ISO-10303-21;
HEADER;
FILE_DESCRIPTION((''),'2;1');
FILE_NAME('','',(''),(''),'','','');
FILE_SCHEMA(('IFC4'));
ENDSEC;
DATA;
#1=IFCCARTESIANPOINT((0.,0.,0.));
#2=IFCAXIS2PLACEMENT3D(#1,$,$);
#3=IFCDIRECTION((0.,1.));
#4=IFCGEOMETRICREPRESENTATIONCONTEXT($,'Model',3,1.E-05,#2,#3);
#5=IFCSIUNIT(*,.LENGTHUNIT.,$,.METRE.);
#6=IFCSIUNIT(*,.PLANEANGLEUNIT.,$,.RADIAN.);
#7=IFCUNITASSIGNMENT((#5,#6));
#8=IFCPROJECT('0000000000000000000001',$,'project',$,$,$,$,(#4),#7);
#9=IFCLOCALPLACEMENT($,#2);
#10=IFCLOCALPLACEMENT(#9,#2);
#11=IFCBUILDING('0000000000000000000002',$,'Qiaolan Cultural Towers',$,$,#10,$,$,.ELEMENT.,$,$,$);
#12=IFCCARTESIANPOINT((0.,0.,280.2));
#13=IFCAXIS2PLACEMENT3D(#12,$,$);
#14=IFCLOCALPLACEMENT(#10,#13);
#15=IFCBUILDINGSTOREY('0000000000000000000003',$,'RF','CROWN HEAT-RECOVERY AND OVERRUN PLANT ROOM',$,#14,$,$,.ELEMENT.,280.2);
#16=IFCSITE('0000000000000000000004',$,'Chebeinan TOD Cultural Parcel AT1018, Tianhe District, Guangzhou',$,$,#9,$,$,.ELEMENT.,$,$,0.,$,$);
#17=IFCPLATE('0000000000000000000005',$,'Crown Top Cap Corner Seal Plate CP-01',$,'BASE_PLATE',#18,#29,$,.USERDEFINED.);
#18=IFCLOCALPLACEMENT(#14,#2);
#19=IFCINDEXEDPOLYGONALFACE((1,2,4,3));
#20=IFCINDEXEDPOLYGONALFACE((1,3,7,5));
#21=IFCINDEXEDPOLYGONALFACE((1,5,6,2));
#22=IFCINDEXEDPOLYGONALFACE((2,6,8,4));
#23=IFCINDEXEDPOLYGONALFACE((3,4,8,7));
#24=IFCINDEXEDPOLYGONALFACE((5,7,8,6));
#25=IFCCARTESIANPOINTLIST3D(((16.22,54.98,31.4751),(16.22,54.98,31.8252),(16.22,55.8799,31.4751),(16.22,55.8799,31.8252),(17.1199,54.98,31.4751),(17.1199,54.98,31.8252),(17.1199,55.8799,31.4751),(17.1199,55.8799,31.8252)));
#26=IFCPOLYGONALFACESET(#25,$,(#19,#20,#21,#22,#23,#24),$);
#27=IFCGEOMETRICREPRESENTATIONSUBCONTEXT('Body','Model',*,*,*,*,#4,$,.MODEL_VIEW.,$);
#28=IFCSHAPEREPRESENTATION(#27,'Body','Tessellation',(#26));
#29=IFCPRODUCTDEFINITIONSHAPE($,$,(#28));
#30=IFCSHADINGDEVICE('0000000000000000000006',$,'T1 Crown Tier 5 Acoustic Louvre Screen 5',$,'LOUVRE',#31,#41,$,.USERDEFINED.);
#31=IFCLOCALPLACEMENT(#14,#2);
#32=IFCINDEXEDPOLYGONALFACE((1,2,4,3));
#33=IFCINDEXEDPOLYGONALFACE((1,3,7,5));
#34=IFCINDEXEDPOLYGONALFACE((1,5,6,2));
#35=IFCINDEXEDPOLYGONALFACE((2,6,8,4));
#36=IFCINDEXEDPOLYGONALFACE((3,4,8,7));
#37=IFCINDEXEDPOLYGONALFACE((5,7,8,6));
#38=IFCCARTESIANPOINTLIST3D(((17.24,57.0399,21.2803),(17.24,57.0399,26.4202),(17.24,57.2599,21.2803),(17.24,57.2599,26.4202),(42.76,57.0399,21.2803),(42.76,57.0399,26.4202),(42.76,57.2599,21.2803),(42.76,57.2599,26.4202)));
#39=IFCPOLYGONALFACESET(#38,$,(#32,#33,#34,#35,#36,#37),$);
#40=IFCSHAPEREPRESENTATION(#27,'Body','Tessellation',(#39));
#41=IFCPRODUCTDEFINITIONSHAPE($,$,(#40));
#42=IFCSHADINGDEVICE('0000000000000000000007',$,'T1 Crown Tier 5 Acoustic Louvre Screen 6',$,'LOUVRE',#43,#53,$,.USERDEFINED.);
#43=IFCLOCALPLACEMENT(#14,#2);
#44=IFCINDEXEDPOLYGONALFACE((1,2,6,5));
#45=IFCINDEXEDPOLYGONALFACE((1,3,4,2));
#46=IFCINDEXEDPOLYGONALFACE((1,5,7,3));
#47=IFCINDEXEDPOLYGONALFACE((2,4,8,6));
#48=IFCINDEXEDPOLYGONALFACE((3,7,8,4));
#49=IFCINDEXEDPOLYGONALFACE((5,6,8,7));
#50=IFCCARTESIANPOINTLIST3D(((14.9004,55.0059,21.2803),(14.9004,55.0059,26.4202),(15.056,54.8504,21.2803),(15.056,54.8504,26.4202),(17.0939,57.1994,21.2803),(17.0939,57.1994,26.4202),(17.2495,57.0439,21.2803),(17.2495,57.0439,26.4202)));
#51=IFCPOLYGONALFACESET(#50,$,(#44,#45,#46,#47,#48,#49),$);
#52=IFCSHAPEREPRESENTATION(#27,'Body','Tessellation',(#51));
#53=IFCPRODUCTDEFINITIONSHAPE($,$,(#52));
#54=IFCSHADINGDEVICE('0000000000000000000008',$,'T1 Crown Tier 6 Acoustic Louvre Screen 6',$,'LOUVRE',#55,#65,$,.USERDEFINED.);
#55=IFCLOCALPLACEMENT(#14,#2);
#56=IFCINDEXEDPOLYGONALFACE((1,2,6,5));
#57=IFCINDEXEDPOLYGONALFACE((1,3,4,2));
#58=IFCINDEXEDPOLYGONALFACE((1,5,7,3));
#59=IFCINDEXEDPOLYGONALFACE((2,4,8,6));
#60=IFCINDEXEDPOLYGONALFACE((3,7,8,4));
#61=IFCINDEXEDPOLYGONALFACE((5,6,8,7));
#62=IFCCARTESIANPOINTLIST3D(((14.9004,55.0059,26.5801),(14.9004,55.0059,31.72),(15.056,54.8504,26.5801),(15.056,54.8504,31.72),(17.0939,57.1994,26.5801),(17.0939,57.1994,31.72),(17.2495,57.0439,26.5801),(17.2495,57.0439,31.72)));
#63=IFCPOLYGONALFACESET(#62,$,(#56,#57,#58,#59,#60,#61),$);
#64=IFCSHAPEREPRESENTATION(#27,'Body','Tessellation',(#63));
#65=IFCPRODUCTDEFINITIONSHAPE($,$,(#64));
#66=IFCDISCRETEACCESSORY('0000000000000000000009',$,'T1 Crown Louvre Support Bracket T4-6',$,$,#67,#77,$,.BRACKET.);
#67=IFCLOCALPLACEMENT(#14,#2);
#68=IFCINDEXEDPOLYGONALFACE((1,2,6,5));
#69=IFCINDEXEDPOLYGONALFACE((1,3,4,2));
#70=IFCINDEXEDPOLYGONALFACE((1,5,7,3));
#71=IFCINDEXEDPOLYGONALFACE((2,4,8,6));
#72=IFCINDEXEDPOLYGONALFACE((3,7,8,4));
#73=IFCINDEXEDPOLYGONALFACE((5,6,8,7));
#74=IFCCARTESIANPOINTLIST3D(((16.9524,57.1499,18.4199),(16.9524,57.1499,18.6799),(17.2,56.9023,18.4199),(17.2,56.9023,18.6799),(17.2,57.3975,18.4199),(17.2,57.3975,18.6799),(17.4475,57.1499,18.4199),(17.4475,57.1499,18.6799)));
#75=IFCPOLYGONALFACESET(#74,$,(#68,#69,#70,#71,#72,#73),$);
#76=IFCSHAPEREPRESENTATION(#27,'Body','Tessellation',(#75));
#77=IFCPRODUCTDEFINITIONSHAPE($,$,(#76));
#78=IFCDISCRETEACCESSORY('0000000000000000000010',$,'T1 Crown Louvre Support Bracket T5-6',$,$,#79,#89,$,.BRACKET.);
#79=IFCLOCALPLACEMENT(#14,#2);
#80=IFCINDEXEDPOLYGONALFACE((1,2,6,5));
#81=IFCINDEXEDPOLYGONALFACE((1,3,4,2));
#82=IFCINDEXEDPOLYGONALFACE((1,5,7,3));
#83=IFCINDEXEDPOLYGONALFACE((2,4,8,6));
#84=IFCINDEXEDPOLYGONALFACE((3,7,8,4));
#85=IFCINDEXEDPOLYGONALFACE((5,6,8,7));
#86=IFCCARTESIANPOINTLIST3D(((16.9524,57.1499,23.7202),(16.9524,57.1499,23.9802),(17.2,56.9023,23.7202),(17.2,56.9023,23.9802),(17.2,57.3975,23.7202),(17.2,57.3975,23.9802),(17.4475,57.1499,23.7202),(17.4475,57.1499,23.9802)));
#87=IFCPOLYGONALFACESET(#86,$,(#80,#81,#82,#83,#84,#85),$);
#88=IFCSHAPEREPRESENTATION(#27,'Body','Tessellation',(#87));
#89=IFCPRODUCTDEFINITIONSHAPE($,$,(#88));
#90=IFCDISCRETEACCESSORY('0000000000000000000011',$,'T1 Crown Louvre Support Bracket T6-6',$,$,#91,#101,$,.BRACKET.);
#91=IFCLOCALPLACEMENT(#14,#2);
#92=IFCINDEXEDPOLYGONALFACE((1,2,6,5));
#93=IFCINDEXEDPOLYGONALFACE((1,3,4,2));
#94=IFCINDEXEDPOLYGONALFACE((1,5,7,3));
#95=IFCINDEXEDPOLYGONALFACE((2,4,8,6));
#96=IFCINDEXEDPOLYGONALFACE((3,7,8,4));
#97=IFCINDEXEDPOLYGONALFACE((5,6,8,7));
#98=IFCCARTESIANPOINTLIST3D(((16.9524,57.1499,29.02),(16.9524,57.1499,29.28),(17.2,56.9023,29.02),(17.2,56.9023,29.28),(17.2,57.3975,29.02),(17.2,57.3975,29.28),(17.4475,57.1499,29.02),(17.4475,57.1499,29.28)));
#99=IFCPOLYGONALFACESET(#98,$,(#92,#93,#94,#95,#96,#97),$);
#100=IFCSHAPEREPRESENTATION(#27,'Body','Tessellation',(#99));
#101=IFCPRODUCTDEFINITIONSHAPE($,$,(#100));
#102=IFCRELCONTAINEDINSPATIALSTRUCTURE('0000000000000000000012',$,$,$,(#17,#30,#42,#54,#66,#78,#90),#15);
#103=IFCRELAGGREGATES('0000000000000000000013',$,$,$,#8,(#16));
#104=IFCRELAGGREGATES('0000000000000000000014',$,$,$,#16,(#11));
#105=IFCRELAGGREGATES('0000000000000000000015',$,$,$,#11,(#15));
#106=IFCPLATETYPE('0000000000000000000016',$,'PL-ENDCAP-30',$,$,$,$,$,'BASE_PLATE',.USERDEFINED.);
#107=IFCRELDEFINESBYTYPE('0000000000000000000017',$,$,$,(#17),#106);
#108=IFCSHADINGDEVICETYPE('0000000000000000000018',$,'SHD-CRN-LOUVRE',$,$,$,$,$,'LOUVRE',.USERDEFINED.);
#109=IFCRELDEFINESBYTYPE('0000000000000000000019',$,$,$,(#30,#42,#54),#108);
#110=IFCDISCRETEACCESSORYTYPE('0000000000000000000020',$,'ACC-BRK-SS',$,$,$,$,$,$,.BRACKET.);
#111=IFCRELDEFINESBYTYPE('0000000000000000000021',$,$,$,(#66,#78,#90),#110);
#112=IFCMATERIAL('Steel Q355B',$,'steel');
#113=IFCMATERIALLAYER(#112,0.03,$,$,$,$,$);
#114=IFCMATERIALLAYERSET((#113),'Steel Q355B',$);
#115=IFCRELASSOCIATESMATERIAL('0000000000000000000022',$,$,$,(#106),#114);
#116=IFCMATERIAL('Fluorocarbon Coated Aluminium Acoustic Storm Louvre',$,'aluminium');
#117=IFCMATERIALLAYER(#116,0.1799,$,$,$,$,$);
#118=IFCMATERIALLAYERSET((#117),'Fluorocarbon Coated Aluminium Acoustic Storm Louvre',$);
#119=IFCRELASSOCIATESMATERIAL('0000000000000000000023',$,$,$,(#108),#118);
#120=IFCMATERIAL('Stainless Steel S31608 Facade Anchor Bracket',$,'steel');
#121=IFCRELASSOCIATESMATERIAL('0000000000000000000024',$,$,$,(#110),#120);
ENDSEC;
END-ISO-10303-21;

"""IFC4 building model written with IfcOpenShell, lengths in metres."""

from ifc_helpers import new_model, si_unit, direction, frame, origin, origin_2d, place, context, subcontext, project, spatial, rectangle, extrude, material, layer, layer_set, type_object, element, save


model = new_model("IFC4")

# Units and contexts
model_context = context("Model", 3, precision=1e-05, world=origin(), true_north=direction((0.0, 1.0)))
body_context = subcontext(model_context, "Body", "Model", "MODEL_VIEW")
ifc_project = project(units=[si_unit("LENGTHUNIT", "METRE"), si_unit("PLANEANGLEUNIT", "RADIAN")], contexts=[model_context])

# Site, building, storey
site_placement = place(None, origin())
site = spatial("IfcSite", under=ifc_project, at=site_placement, Name="Chebeinan TOD Cultural Parcel AT1018, Tianhe District, Guangzhou", CompositionType="ELEMENT", RefElevation=0.0)
building_placement = place(site_placement, origin())
building = spatial("IfcBuilding", under=site, at=building_placement, Name="Qiaolan Cultural Towers", CompositionType="ELEMENT")
storey_placement = place(building_placement, frame((0.0, 0.0, 280.2)))
storey = spatial("IfcBuildingStorey", under=building, at=storey_placement, Name="RF", Description="CROWN HEAT-RECOVERY AND OVERRUN PLANT ROOM", CompositionType="ELEMENT", Elevation=280.2)

# Plate
ifc_material_1 = material(Name="Steel Q355B", Category="steel")
ifc_layer_1 = layer(ifc_material_1, 0.03)
ifc_layer_set_1 = layer_set([ifc_layer_1], Name="Steel Q355B")
plate_type_1 = type_object("IfcPlateType", Name="PL-ENDCAP-30", ElementType="BASE_PLATE", PredefinedType="USERDEFINED", material=ifc_layer_set_1)
plate_placement = place(storey_placement, frame((16.6699, 55.4299, 31.4751), z_axis=(0.0, 0.0, 1.0), x_axis=(1.0, 0.0, 0.0)))
element("IfcPlate", 1, at=plate_placement, inside=storey, type_object=plate_type_1, Name="Crown Top Cap Corner Seal Plate CP-01", ObjectType="BASE_PLATE", PredefinedType="USERDEFINED", context=body_context, shape_type="SweptSolid", body=[
    extrude(rectangle(XDim=0.8999, YDim=0.8999, at=origin_2d()), origin(), (0.0, 0.0, 1.0), 0.3501),
])

# Shading devices
ifc_material_2 = material(Name="Fluorocarbon Coated Aluminium Acoustic Storm Louvre", Category="aluminium")
ifc_layer_2 = layer(ifc_material_2, 0.1799)
ifc_layer_set_2 = layer_set([ifc_layer_2], Name="Fluorocarbon Coated Aluminium Acoustic Storm Louvre")
shading_device_type = type_object("IfcShadingDeviceType", Name="SHD-CRN-LOUVRE", ElementType="LOUVRE", PredefinedType="USERDEFINED", material=ifc_layer_set_2)
shading_device_placement = place(storey_placement, frame((30.0, 57.1499, 21.2803), z_axis=(0.0, 0.0, 1.0), x_axis=(-1.0, 0.0, 0.0)))
element("IfcShadingDevice", 2, at=shading_device_placement, inside=storey, type_object=shading_device_type, Name="T1 Crown Tier 5 Acoustic Louvre Screen 5", ObjectType="LOUVRE", PredefinedType="USERDEFINED", context=body_context, shape_type="SweptSolid", body=[
    extrude(rectangle(XDim=25.52, YDim=0.22, at=origin_2d()), origin(), (0.0, 0.0, 1.0), 5.1399),
])
for number, where, z_axis, x_axis, name in (
    (3, (16.075, 56.0249, 21.2803), (0.0, 0.0, 1.0), (-0.707107, -0.707107, 0.0), "T1 Crown Tier 5 Acoustic Louvre Screen 6"),
    (4, (16.075, 56.0249, 26.5801), (0.0, 0.0, 1.0), (-0.707107, -0.707107, 0.0), "T1 Crown Tier 6 Acoustic Louvre Screen 6"),
):
    element("IfcShadingDevice", number, at=place(storey_placement, frame(where, z_axis=z_axis, x_axis=x_axis)), inside=storey, type_object=shading_device_type, Name=name, ObjectType="LOUVRE", PredefinedType="USERDEFINED", context=body_context, shape_type="SweptSolid", body=[
        extrude(rectangle(XDim=3.1021, YDim=0.22, at=origin_2d()), origin(), (0.0, 0.0, 1.0), 5.1399),
    ])

# Discrete accessories
ifc_material_3 = material(Name="Stainless Steel S31608 Facade Anchor Bracket", Category="steel")
discrete_accessory_type = type_object("IfcDiscreteAccessoryType", Name="ACC-BRK-SS", PredefinedType="BRACKET", material=ifc_material_3)
for number, where, z_axis, x_axis, name in (
    (5, (17.2, 57.1499, 18.4199), (0.0, 0.0, 1.0), (-0.707107, -0.707107, 0.0), "T1 Crown Louvre Support Bracket T4-6"),
    (6, (17.2, 57.1499, 23.7202), (0.0, 0.0, 1.0), (-0.707107, -0.707107, 0.0), "T1 Crown Louvre Support Bracket T5-6"),
    (7, (17.2, 57.1499, 29.02), (0.0, 0.0, 1.0), (-0.707107, -0.707107, 0.0), "T1 Crown Louvre Support Bracket T6-6"),
):
    element("IfcDiscreteAccessory", number, at=place(storey_placement, frame(where, z_axis=z_axis, x_axis=x_axis)), inside=storey, type_object=discrete_accessory_type, Name=name, PredefinedType="BRACKET", context=body_context, shape_type="SweptSolid", body=[
        extrude(rectangle(XDim=0.3501, YDim=0.3501, at=origin_2d()), origin(), (0.0, 0.0, 1.0), 0.26),
    ])

save(model, "model.ifc")
